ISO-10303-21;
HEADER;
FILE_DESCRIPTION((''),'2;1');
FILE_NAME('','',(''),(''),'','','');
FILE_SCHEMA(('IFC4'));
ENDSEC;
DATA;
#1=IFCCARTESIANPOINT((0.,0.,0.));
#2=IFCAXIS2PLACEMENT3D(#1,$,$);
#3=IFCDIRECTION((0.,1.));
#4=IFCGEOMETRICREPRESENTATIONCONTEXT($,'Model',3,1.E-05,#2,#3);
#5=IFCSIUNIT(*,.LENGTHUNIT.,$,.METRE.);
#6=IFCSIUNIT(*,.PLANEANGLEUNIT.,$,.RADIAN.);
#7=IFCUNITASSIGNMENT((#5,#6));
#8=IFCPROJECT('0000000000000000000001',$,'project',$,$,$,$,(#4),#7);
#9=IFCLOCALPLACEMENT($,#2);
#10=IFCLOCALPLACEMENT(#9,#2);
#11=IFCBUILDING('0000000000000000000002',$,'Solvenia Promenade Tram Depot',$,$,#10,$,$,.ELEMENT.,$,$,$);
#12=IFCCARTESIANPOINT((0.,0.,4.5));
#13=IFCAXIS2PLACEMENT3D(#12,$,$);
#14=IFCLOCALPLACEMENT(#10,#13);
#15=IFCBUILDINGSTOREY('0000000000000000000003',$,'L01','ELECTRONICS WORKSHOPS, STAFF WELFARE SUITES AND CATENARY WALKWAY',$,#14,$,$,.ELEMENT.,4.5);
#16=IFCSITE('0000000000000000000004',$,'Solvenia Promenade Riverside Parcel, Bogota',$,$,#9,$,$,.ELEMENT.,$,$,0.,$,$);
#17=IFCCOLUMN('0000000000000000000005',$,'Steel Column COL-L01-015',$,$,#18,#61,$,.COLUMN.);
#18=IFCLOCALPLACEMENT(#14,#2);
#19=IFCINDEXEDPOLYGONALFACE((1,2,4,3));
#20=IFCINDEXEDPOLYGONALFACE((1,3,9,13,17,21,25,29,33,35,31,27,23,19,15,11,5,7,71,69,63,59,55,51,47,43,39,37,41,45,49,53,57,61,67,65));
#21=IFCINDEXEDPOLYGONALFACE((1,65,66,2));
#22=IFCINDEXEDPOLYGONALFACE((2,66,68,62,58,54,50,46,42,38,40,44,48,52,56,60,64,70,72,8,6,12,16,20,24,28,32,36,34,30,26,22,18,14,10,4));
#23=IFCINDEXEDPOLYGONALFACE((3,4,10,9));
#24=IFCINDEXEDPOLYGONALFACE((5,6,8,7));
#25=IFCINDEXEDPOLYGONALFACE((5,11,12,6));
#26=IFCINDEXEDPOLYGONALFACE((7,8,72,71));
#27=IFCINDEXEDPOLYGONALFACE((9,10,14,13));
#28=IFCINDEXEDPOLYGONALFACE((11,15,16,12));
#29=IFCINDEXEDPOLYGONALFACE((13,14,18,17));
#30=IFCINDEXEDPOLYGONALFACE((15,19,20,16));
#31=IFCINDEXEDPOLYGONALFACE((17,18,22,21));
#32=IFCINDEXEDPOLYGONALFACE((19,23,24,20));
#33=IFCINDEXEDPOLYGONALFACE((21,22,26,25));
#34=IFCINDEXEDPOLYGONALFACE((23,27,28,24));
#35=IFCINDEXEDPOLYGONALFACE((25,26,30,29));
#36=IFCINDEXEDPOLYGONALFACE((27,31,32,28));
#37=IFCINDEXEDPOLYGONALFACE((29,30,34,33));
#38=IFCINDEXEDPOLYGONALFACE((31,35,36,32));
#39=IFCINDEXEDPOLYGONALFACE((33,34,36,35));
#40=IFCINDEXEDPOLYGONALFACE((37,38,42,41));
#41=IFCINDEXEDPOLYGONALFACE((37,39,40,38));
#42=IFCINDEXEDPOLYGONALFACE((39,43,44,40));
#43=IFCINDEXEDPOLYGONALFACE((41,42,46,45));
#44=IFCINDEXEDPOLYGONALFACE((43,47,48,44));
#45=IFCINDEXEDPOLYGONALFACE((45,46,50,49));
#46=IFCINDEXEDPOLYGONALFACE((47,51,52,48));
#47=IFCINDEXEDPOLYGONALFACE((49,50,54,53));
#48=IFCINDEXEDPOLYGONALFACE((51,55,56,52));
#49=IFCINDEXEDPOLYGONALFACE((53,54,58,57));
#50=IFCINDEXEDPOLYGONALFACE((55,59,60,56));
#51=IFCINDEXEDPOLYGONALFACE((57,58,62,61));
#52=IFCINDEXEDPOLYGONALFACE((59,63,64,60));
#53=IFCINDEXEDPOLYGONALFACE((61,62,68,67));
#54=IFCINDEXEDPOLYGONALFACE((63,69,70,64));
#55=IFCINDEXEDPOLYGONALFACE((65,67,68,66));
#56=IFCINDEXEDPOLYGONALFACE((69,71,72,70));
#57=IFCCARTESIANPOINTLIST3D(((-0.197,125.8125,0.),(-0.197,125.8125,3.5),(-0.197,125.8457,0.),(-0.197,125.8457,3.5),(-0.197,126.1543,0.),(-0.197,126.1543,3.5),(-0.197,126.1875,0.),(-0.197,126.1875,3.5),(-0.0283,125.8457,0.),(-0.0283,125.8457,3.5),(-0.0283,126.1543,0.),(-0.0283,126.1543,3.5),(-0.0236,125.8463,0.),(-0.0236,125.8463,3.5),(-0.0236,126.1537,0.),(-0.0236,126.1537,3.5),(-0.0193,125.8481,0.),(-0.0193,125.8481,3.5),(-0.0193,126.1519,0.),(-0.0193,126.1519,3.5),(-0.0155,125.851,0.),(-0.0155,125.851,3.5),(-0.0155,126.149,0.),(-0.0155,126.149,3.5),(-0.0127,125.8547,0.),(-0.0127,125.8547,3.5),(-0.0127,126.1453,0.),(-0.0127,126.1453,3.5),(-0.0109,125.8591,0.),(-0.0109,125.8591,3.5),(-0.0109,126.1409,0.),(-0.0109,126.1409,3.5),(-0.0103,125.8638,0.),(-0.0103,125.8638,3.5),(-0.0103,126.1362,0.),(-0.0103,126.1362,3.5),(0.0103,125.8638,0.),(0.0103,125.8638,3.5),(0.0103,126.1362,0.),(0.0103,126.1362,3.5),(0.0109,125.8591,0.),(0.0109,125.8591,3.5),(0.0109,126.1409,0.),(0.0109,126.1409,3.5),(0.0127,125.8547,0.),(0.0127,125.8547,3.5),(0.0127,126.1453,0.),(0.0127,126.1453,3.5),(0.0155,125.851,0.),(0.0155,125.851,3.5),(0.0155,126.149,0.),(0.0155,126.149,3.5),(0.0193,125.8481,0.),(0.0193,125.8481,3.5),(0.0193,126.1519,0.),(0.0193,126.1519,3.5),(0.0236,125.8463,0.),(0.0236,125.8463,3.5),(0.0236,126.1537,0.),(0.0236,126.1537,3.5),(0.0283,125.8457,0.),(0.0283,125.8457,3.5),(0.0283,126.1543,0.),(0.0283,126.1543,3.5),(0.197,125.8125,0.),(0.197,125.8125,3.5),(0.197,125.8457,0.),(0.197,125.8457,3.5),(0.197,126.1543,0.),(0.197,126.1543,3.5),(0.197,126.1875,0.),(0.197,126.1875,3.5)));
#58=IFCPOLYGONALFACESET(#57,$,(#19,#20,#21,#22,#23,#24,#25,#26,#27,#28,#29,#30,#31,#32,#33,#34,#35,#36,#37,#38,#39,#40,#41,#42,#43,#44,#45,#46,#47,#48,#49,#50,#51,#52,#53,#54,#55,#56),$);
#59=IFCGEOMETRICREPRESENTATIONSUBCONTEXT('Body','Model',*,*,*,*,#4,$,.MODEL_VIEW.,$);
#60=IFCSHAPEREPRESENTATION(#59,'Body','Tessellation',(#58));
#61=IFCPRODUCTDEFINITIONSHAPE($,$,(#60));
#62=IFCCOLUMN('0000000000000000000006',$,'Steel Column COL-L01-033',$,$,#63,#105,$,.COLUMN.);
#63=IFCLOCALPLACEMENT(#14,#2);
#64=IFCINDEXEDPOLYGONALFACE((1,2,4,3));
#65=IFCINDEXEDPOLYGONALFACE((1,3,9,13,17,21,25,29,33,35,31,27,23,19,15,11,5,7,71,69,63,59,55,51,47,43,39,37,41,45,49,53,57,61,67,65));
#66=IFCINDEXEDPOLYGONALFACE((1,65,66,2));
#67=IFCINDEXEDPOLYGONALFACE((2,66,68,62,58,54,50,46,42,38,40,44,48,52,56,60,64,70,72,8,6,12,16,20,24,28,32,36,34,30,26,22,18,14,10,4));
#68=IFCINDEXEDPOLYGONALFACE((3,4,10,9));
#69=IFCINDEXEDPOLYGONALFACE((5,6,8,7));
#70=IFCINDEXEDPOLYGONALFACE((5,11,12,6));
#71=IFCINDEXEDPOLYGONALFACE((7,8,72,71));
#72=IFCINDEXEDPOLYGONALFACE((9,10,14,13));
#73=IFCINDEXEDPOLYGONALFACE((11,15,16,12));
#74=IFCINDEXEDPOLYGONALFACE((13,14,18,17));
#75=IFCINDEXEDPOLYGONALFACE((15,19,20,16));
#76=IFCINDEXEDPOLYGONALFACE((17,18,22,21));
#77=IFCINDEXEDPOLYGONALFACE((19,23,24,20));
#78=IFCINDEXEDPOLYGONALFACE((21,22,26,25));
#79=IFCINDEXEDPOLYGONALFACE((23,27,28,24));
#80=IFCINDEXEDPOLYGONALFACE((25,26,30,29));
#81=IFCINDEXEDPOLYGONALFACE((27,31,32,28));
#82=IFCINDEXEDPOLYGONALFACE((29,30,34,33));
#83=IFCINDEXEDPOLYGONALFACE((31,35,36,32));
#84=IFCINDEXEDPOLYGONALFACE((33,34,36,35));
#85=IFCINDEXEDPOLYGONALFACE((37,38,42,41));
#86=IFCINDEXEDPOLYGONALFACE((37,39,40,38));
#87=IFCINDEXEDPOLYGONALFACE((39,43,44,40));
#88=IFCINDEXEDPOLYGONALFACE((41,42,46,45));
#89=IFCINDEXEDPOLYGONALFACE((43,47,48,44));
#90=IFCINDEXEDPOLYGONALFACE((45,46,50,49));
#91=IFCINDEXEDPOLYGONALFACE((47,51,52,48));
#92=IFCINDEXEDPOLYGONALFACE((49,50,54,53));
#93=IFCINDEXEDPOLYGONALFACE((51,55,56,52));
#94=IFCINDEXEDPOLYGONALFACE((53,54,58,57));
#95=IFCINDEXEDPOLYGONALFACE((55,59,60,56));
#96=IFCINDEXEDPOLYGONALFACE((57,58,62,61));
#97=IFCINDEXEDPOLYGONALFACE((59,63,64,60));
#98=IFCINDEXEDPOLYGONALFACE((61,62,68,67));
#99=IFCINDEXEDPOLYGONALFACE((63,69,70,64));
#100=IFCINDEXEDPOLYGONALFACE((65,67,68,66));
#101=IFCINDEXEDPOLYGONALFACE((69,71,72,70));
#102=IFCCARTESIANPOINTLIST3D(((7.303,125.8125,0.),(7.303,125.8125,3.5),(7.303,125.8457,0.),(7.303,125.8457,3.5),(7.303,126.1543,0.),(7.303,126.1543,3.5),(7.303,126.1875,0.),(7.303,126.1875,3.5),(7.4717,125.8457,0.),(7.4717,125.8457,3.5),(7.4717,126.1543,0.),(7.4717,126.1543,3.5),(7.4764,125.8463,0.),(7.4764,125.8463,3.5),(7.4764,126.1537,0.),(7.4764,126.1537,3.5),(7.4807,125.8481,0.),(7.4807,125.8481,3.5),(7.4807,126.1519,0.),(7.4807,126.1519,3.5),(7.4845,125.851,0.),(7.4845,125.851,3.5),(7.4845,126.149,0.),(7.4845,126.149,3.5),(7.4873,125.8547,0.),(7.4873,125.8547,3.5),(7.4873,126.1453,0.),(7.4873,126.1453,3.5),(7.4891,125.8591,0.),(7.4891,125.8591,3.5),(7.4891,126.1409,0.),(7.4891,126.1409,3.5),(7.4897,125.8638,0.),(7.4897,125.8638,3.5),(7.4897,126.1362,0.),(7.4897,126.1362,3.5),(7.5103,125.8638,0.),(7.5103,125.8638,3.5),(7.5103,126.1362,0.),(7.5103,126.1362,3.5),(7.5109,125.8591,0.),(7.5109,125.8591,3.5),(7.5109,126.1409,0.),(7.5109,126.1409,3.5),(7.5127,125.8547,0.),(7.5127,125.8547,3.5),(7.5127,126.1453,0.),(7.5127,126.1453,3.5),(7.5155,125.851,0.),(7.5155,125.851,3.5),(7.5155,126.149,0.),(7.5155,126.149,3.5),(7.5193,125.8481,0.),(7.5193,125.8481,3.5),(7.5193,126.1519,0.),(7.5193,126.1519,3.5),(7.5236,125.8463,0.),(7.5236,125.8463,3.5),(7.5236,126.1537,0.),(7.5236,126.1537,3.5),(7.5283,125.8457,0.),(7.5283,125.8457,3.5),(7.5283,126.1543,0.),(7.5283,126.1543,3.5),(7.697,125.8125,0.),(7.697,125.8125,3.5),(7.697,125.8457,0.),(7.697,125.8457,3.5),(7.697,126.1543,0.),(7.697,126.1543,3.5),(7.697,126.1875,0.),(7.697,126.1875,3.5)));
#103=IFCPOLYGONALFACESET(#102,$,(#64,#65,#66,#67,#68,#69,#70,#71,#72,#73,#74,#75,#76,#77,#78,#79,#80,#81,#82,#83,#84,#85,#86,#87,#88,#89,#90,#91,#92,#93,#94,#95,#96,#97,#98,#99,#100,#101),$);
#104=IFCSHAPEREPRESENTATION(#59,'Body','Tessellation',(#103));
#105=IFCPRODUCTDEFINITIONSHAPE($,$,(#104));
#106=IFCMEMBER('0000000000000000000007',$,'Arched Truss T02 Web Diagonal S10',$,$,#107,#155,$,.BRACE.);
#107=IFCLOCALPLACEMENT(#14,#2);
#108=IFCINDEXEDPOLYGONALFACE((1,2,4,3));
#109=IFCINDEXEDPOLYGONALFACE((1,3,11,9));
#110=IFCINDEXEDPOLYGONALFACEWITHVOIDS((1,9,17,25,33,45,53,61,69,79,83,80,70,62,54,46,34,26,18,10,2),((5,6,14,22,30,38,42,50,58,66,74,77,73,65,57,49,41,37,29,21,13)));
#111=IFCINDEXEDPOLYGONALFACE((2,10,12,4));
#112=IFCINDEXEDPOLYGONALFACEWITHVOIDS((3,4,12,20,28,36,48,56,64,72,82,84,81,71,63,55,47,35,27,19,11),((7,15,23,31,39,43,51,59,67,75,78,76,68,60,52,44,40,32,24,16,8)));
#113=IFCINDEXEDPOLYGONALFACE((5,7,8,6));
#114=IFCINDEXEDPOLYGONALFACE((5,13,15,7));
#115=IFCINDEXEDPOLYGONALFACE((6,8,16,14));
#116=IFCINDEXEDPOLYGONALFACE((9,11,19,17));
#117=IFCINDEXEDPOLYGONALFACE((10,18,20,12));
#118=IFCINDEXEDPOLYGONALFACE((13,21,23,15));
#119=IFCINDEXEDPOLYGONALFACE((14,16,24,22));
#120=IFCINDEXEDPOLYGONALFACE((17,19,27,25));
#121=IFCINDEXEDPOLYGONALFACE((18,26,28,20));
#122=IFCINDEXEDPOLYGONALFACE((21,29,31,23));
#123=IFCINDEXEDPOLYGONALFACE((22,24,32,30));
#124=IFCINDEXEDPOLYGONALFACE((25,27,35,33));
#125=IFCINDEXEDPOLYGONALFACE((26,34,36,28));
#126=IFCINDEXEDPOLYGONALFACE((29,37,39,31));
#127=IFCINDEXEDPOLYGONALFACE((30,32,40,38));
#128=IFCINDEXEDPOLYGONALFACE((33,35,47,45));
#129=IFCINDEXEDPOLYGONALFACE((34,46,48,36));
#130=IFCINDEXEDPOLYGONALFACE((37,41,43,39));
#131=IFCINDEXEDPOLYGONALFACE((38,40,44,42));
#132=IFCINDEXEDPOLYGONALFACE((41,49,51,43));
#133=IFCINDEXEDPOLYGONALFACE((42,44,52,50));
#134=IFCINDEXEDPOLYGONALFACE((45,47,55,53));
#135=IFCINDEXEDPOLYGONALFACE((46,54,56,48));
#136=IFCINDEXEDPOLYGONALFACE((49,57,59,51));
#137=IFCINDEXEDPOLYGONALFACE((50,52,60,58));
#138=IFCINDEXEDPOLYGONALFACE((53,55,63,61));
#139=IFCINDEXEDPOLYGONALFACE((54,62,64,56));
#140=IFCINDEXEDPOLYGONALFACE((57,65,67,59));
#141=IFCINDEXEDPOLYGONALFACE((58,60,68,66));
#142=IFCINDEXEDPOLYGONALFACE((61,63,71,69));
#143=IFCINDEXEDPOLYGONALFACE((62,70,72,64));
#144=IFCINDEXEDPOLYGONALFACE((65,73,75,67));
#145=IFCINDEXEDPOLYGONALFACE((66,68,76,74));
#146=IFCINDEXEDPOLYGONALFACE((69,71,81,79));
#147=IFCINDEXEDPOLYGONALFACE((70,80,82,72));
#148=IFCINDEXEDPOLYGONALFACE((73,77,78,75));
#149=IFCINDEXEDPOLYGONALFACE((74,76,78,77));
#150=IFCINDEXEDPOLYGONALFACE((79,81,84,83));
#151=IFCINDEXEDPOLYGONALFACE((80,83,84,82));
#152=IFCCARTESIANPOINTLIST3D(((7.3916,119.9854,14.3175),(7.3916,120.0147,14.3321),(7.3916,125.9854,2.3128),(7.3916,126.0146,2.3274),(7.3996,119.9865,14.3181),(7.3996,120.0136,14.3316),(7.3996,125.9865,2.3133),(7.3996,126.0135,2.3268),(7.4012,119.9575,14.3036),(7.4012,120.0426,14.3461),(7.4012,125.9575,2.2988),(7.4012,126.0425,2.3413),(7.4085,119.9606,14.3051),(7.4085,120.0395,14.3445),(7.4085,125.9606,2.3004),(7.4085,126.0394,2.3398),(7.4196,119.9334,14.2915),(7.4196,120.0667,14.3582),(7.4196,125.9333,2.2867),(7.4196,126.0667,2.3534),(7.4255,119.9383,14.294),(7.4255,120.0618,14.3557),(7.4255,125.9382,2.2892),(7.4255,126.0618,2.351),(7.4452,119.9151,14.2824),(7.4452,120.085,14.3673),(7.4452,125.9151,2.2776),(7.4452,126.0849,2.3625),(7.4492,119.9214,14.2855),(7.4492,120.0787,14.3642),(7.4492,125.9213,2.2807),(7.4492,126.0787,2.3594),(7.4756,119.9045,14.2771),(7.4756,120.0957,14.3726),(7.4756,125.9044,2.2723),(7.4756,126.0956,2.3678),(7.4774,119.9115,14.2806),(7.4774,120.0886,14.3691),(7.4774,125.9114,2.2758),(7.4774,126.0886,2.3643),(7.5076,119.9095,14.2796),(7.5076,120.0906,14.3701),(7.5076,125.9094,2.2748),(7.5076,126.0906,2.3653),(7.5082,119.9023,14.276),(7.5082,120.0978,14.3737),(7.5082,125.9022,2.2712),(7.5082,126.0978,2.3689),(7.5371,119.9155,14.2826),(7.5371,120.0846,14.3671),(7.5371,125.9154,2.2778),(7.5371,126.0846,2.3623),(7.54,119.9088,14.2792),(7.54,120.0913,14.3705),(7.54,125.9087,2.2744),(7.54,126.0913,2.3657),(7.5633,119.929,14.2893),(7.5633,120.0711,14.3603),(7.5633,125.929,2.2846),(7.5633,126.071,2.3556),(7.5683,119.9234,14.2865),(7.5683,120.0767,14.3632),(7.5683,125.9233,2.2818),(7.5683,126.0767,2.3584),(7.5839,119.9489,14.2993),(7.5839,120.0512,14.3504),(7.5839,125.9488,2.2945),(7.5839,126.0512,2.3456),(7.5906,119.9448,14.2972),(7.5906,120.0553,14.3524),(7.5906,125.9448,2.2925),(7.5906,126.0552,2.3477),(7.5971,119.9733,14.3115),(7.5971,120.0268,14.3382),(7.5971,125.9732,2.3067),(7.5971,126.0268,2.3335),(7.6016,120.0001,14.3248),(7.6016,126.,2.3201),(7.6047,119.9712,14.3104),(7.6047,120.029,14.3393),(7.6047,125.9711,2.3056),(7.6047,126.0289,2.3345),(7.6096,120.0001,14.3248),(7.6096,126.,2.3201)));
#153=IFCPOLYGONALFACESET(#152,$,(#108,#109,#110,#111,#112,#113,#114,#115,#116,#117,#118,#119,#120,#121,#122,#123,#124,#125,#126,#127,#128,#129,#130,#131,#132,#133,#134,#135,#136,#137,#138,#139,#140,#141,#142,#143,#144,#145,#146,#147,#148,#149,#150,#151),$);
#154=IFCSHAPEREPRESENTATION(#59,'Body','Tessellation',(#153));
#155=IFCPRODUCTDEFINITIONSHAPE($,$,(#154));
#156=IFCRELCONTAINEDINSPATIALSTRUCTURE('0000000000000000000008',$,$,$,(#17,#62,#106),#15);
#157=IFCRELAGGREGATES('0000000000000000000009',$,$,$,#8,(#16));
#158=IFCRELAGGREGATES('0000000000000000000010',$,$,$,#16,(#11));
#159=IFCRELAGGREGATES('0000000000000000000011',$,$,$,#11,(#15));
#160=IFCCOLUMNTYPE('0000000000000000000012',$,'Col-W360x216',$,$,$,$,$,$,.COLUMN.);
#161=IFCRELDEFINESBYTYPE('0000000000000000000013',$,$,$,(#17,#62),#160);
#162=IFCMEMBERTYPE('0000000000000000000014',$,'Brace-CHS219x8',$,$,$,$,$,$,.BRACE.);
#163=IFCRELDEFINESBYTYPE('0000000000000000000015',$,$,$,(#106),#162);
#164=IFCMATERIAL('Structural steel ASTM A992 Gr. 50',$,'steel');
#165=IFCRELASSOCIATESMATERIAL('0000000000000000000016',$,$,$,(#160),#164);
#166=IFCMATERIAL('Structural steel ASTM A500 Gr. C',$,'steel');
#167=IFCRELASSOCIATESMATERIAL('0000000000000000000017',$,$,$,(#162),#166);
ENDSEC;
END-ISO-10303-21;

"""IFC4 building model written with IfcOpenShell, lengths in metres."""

from ifc_helpers import new_model, si_unit, direction, frame, origin, origin_2d, place, context, subcontext, project, spatial, hollow_circle, i_section, extrude, material, material_profile, profile_set, type_object, element, save


model = new_model("IFC4")

# Units and contexts
model_context = context("Model", 3, precision=1e-05, world=origin(), true_north=direction((0.0, 1.0)))
body_context = subcontext(model_context, "Body", "Model", "MODEL_VIEW")
ifc_project = project(units=[si_unit("LENGTHUNIT", "METRE"), si_unit("PLANEANGLEUNIT", "RADIAN")], contexts=[model_context])

# Site, building, storey
site_placement = place(None, origin())
site = spatial("IfcSite", under=ifc_project, at=site_placement, Name="Solvenia Promenade Riverside Parcel, Bogota", CompositionType="ELEMENT", RefElevation=0.0)
building_placement = place(site_placement, origin())
building = spatial("IfcBuilding", under=site, at=building_placement, Name="Solvenia Promenade Tram Depot", CompositionType="ELEMENT")
storey_placement = place(building_placement, frame((0.0, 0.0, 4.5)))
storey = spatial("IfcBuildingStorey", under=building, at=storey_placement, Name="L01", Description="ELECTRONICS WORKSHOPS, STAFF WELFARE SUITES AND CATENARY WALKWAY", CompositionType="ELEMENT", Elevation=4.5)

# Columns
ifc_material_1 = material(Name="Structural steel ASTM A992 Gr. 50", Category="steel")
ifc_material_profile_1 = material_profile(ifc_material_1, i_section(OverallWidth=0.394, OverallDepth=0.375, WebThickness=0.0205, FlangeThickness=0.0332, FilletRadius=0.0181, at=origin_2d()), Name="W360x216", Category="steel")
ifc_profile_set_1 = profile_set([ifc_material_profile_1], Name="Structural steel ASTM A992 Gr. 50")
column_type = type_object("IfcColumnType", Name="Col-W360x216", PredefinedType="COLUMN", material=ifc_profile_set_1)
for number, where, z_axis, x_axis, name in (
    (1, (0.0, 126.0, 0.0), (0.0, 0.0, 1.0), (1.0, 0.0, 0.0), "Steel Column COL-L01-015"),
    (2, (7.5, 126.0, 0.0), (0.0, 0.0, 1.0), (1.0, 0.0, 0.0), "Steel Column COL-L01-033"),
):
    element("IfcColumn", number, at=place(storey_placement, frame(where, z_axis=z_axis, x_axis=x_axis)), inside=storey, type_object=column_type, Name=name, PredefinedType="COLUMN", context=body_context, shape_type="SweptSolid", body=[
        extrude(i_section(OverallWidth=0.394, OverallDepth=0.375, WebThickness=0.0205, FlangeThickness=0.0332, FilletRadius=0.0181, at=origin_2d()), origin(), (0.0, 0.0, 1.0), 3.5),
    ])

# Member
ifc_material_2 = material(Name="Structural steel ASTM A500 Gr. C", Category="steel")
ifc_material_profile_2 = material_profile(ifc_material_2, hollow_circle(Radius=0.1096, WallThickness=0.0081, at=origin_2d()), Name="CHS219.1x8", Category="steel")
ifc_profile_set_2 = profile_set([ifc_material_profile_2], Name="Structural steel ASTM A500 Gr. C")
member_type_1 = type_object("IfcMemberType", Name="Brace-CHS219x8", PredefinedType="BRACE", material=ifc_profile_set_2)
member_1_placement = place(storey_placement, frame((7.5, 126.0, 2.3201), z_axis=(0.0, -0.447068, 0.8945), x_axis=(1.0, 0.0, 0.0)))
element("IfcMember", 3, at=member_1_placement, inside=storey, type_object=member_type_1, Name="Arched Truss T02 Web Diagonal S10", PredefinedType="BRACE", context=body_context, shape_type="SweptSolid", body=[
    extrude(hollow_circle(Radius=0.1096, WallThickness=0.0081, at=origin_2d()), origin(), (0.0, 0.0, 1.0), 13.4207),
])

save(model, "model.ifc")
